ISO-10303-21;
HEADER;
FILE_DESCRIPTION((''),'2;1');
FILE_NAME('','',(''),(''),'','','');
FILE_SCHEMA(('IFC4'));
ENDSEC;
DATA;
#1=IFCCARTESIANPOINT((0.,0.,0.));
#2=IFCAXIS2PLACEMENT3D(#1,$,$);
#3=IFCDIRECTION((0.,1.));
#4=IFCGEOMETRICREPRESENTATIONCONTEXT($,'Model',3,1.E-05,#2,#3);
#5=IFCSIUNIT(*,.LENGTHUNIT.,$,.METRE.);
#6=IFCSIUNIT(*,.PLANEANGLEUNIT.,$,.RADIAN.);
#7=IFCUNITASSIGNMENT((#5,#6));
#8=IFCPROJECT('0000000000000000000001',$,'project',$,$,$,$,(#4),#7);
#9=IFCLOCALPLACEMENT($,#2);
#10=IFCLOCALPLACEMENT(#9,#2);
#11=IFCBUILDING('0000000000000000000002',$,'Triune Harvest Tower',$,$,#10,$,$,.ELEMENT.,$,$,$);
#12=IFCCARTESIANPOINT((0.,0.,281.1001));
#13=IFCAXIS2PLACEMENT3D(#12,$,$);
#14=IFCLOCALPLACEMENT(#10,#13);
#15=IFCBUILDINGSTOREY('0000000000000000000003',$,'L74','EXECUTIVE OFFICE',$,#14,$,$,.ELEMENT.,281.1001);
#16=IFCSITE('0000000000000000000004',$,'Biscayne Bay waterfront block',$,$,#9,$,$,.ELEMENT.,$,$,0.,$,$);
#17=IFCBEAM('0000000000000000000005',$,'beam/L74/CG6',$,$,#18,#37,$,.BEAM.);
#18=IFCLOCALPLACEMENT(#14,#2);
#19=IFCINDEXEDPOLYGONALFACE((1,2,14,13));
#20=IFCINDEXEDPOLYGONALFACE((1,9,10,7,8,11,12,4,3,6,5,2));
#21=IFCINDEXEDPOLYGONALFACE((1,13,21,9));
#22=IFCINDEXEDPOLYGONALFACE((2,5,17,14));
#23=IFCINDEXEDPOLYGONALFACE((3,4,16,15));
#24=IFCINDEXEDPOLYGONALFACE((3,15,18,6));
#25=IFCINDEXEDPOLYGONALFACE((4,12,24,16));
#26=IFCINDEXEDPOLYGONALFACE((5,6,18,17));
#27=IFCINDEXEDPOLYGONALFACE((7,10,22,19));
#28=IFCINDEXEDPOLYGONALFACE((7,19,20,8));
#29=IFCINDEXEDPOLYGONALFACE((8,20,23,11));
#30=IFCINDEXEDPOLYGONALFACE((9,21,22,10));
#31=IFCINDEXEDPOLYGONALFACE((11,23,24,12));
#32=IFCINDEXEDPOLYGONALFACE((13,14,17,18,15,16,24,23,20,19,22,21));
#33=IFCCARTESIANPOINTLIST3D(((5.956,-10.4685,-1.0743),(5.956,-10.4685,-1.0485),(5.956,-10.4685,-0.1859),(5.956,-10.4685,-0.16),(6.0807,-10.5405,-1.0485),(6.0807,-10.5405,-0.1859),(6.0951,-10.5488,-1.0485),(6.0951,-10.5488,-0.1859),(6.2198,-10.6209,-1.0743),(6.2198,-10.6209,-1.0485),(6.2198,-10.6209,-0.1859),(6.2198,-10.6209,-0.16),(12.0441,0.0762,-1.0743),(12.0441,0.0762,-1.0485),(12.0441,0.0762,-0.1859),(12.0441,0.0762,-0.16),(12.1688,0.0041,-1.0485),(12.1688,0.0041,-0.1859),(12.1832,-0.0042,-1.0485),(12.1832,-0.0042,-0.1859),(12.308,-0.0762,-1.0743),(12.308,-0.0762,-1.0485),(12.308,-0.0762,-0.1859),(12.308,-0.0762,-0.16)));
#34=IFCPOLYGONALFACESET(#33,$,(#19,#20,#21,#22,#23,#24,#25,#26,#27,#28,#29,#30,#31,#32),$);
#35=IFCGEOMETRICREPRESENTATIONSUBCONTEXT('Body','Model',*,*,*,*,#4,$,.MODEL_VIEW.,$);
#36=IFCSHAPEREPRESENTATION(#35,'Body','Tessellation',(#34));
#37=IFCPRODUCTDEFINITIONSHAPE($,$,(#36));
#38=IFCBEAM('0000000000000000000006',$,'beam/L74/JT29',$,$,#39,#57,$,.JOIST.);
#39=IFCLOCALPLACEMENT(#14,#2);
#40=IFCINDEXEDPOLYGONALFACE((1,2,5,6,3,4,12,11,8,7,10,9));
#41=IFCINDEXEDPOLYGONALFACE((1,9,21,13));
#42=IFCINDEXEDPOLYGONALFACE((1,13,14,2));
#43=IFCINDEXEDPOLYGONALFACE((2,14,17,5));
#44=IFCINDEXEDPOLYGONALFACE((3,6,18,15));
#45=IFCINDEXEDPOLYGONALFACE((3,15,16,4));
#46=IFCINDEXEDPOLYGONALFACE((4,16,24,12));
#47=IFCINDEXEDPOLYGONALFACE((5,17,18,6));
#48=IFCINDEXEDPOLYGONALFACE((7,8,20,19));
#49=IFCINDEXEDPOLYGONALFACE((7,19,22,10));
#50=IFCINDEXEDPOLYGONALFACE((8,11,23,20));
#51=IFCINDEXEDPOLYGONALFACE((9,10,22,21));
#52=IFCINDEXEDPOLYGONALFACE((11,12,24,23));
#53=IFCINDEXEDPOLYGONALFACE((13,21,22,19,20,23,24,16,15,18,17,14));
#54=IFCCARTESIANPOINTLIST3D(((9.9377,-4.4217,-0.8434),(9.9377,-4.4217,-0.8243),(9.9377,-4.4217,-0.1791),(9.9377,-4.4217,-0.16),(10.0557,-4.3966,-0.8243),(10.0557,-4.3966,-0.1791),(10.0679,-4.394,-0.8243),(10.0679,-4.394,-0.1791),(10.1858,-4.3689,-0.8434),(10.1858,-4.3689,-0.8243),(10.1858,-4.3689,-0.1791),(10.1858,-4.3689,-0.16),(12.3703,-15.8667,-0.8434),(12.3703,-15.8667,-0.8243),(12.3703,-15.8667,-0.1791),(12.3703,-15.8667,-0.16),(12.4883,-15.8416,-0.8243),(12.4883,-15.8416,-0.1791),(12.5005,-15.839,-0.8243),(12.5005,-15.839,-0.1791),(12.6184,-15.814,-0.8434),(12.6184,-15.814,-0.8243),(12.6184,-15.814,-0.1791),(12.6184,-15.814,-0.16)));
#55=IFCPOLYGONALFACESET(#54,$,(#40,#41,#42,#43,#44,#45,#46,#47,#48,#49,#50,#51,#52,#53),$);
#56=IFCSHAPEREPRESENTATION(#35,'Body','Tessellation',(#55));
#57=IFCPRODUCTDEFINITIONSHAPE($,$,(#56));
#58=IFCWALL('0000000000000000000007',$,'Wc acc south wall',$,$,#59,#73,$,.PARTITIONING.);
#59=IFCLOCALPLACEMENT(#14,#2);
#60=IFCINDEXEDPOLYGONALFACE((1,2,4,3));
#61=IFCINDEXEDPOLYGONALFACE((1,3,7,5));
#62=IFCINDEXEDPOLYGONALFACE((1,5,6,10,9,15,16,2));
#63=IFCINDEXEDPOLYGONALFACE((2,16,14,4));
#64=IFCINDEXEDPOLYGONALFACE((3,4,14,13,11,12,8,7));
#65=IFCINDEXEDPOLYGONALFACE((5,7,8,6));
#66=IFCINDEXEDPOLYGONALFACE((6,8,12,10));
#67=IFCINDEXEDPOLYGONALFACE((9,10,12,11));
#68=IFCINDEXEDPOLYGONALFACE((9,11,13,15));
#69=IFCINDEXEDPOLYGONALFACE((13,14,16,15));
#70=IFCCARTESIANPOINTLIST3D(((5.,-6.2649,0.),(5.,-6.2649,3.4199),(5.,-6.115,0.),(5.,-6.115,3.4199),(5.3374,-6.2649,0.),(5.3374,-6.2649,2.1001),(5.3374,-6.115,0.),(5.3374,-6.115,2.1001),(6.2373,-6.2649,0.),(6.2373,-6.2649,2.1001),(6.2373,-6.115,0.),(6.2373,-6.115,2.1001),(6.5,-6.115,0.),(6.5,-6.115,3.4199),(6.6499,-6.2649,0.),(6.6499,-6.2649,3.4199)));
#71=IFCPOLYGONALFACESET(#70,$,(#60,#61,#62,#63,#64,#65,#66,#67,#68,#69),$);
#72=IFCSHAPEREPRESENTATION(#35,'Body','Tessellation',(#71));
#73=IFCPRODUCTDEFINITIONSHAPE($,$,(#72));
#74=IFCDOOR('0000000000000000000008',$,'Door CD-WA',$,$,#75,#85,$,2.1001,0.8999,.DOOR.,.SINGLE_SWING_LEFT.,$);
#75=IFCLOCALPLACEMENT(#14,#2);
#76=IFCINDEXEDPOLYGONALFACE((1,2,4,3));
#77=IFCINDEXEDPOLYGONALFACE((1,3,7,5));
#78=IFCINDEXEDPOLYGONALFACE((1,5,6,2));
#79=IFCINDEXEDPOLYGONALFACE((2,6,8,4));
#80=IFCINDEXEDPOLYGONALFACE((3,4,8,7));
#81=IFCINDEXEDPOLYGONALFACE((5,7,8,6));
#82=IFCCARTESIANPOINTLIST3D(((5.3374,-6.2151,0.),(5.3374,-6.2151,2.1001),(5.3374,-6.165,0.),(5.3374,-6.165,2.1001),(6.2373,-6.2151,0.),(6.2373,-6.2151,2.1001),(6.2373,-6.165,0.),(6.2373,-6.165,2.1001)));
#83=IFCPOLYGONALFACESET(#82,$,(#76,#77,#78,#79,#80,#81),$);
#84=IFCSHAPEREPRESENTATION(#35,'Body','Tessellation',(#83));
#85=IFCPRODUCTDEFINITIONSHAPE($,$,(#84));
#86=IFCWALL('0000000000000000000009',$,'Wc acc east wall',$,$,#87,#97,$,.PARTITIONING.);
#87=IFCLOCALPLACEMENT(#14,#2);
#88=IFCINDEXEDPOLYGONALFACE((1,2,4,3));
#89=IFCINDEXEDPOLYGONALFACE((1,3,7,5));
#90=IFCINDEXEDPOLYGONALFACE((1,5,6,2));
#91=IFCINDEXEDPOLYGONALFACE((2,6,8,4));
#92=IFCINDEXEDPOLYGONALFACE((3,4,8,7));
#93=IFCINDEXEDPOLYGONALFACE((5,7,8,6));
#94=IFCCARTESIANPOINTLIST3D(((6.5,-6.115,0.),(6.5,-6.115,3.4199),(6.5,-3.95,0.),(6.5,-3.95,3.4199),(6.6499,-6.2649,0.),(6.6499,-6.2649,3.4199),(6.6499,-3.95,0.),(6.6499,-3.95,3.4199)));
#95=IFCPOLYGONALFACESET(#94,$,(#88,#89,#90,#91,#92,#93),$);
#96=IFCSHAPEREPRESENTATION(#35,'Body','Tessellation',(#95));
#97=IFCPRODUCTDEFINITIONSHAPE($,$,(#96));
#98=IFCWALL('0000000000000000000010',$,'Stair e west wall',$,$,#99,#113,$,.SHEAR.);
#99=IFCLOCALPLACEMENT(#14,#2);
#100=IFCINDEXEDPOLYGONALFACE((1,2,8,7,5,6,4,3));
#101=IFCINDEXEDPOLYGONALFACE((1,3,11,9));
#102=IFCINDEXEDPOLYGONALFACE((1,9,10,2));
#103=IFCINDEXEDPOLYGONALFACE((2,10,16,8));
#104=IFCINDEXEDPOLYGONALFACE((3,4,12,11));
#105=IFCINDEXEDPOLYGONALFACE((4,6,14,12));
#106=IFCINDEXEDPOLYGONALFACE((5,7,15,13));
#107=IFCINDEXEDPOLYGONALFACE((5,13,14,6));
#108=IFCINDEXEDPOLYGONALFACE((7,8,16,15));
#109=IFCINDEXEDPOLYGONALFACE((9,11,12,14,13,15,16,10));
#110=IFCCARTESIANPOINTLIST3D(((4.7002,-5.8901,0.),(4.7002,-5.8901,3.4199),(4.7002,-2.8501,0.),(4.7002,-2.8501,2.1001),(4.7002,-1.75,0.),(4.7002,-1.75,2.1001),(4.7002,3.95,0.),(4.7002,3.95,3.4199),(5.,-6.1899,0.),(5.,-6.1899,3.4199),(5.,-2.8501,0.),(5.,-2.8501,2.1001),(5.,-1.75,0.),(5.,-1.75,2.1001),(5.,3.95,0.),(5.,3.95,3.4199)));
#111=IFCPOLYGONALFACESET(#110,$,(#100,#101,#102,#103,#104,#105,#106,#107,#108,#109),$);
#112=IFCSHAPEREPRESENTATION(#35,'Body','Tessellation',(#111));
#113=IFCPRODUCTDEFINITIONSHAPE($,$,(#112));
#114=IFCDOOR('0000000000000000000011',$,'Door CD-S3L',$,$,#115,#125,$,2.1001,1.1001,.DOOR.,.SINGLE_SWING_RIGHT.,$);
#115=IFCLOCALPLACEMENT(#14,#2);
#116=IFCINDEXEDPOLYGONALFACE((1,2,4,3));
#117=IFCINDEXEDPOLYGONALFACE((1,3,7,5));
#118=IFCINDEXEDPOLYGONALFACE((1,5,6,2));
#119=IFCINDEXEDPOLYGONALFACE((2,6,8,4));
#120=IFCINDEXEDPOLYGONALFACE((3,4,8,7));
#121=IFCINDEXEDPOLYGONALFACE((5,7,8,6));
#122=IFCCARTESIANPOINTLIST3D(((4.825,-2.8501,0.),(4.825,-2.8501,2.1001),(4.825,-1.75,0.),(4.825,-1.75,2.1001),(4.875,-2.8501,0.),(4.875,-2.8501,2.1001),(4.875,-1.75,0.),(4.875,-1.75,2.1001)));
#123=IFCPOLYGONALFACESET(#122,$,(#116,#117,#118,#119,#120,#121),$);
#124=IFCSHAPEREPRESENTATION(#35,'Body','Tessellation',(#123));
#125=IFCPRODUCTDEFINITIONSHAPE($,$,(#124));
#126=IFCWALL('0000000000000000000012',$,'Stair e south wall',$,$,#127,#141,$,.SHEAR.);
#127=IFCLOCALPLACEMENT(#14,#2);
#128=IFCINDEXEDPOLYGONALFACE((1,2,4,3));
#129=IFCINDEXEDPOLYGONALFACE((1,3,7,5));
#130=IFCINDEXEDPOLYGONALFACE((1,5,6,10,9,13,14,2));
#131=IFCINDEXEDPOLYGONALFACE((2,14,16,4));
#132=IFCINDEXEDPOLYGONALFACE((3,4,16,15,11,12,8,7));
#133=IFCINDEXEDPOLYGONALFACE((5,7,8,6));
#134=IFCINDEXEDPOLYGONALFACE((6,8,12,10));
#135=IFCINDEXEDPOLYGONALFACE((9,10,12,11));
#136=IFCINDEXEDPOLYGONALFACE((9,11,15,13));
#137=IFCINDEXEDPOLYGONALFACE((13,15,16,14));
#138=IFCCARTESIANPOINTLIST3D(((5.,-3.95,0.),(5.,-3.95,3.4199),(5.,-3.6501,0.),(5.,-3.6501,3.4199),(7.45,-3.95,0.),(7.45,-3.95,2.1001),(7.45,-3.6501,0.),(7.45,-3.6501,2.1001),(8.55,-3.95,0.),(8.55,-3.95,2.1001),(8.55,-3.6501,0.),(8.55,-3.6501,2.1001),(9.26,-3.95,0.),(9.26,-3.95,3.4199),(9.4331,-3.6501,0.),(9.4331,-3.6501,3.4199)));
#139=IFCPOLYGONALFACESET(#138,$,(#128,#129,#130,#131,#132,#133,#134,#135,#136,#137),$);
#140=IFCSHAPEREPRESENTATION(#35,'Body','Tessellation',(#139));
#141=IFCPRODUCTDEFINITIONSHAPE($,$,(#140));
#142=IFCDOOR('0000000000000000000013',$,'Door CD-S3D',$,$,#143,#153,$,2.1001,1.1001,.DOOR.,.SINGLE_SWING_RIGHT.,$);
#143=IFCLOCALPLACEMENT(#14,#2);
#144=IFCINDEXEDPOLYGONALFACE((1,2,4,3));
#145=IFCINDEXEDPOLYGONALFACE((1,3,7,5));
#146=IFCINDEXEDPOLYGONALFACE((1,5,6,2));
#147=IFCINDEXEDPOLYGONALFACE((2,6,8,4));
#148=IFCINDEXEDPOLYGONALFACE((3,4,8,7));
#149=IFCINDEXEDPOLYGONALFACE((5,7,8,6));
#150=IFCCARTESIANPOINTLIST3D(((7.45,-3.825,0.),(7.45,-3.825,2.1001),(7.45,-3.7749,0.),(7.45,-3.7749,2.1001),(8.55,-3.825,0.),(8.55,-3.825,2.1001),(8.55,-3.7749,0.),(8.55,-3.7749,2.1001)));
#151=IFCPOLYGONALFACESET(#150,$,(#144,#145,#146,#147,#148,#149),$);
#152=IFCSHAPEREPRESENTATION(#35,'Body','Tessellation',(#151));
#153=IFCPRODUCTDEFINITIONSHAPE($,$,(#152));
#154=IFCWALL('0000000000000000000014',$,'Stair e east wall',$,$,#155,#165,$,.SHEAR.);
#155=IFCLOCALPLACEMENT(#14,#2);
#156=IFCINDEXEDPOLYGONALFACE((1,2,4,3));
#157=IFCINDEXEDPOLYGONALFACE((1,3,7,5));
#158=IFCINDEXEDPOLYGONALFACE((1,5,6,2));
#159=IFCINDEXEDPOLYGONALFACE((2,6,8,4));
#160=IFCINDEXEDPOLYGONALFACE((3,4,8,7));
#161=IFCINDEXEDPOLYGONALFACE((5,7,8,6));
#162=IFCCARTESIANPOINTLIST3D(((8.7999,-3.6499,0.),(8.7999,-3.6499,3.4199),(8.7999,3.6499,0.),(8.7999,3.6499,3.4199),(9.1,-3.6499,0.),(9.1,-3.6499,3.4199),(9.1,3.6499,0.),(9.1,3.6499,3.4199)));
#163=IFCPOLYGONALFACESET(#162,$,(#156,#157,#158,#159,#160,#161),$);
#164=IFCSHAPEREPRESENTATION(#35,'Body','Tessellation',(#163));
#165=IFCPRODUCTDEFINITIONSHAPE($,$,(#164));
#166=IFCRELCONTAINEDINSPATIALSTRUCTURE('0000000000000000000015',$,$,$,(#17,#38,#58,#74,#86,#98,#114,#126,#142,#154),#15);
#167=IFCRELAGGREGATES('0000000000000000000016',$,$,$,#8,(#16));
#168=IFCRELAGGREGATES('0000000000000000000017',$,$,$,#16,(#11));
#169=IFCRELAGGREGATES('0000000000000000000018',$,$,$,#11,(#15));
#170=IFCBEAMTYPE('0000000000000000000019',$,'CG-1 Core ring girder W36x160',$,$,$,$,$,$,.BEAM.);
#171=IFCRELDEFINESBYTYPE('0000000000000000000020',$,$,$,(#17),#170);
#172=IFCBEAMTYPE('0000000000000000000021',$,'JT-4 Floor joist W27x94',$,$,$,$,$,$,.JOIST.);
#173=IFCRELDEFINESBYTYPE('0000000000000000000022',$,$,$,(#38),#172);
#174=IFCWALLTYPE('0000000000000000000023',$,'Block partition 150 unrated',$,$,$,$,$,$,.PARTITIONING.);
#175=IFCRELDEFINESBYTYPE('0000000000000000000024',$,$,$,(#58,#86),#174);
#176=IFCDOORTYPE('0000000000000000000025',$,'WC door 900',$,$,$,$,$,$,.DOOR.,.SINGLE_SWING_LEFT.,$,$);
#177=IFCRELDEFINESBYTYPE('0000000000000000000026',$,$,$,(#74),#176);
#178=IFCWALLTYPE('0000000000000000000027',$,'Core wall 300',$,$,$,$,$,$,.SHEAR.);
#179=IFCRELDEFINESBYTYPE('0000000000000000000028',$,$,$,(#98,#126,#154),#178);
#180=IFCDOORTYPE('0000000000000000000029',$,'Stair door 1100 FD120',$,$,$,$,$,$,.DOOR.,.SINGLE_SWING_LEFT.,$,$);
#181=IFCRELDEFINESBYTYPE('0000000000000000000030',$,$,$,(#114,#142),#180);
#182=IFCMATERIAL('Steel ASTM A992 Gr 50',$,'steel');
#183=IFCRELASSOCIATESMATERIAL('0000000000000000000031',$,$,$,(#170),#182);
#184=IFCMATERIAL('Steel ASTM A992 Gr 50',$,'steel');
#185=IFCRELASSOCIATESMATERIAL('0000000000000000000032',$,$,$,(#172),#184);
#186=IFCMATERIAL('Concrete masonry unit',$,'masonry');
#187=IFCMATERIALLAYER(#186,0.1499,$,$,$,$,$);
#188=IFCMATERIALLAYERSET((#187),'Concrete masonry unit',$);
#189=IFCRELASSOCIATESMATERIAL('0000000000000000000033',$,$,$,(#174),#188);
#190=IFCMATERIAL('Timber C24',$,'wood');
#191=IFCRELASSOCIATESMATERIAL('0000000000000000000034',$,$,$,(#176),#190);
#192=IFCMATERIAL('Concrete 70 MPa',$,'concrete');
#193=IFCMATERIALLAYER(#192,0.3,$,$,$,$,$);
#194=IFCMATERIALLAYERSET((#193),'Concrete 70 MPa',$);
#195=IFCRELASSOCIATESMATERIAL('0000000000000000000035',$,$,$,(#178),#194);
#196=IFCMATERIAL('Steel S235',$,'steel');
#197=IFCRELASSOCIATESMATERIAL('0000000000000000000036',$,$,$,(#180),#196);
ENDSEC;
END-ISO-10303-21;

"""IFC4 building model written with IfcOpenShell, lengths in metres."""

from ifc_helpers import new_model, si_unit, direction, frame, frame_2d, origin, origin_2d, place, context, subcontext, project, spatial, polyline, rectangle, i_section, outline, extrude, source, transform, mapped, material, layer, layer_set, material_profile, profile_set, type_object, element, fill, save


model = new_model("IFC4")

# Units and contexts
model_context = context("Model", 3, precision=1e-05, world=origin(), true_north=direction((0.0, 1.0)))
body_context = subcontext(model_context, "Body", "Model", "MODEL_VIEW")
ifc_project = project(units=[si_unit("LENGTHUNIT", "METRE"), si_unit("PLANEANGLEUNIT", "RADIAN")], contexts=[model_context])

# Site, building, storey
site_placement = place(None, origin())
site = spatial("IfcSite", under=ifc_project, at=site_placement, Name="Biscayne Bay waterfront block", CompositionType="ELEMENT", RefElevation=0.0)
building_placement = place(site_placement, origin())
building = spatial("IfcBuilding", under=site, at=building_placement, Name="Triune Harvest Tower", CompositionType="ELEMENT")
storey_placement = place(building_placement, frame((0.0, 0.0, 281.1001)))
storey = spatial("IfcBuildingStorey", under=building, at=storey_placement, Name="L74", Description="EXECUTIVE OFFICE", CompositionType="ELEMENT", Elevation=281.1001)

# Beams
ifc_material_1 = material(Name="Steel ASTM A992 Gr 50", Category="steel")
ifc_material_profile_1 = material_profile(ifc_material_1, i_section(OverallWidth=0.3047, OverallDepth=0.9143, WebThickness=0.0166, FlangeThickness=0.0259, at=origin_2d()), Name="W36x160")
ifc_profile_set_1 = profile_set([ifc_material_profile_1], Name="Steel ASTM A992 Gr 50")
beam_type_1 = type_object("IfcBeamType", Name="CG-1 Core ring girder W36x160", PredefinedType="BEAM", material=ifc_profile_set_1)
shared_shape_1 = source(origin(), body_context, "Body", "SweptSolid", [
    extrude(i_section(OverallWidth=0.3047, OverallDepth=0.9143, WebThickness=0.0166, FlangeThickness=0.0259, at=origin_2d()), origin(), (0.0, 0.0, 1.0), 12.176),
])
beam_1_placement = place(storey_placement, frame((6.0879, -10.5447, -0.6172), z_axis=(0.50001, 0.86602, 0.0), x_axis=(-0.86602, 0.50001, 0.0)))
element("IfcBeam", 1, at=beam_1_placement, inside=storey, type_object=beam_type_1, Name="beam/L74/CG6", PredefinedType="BEAM", context=body_context, shape_type="MappedRepresentation", body=[
    mapped(shared_shape_1, transform((0.0, 0.0, 0.0), scale=1.0)),
])
ifc_material_2 = material(Name="Steel ASTM A992 Gr 50", Category="steel")
ifc_material_profile_2 = material_profile(ifc_material_2, i_section(OverallWidth=0.2537, OverallDepth=0.6833, WebThickness=0.0125, FlangeThickness=0.019, at=origin_2d()), Name="W27x94")
ifc_profile_set_2 = profile_set([ifc_material_profile_2], Name="Steel ASTM A992 Gr 50")
beam_type_2 = type_object("IfcBeamType", Name="JT-4 Floor joist W27x94", PredefinedType="JOIST", material=ifc_profile_set_2)
shared_shape_2 = source(origin(), body_context, "Body", "SweptSolid", [
    extrude(i_section(OverallWidth=0.2537, OverallDepth=0.6833, WebThickness=0.0125, FlangeThickness=0.019, at=origin_2d()), origin(), (0.0, 0.0, 1.0), 11.7007),
])
beam_2_placement = place(storey_placement, frame((12.4944, -15.8403, -0.5017), z_axis=(-0.207903, 0.978149, 0.0), x_axis=(-0.978149, -0.207903, 0.0)))
element("IfcBeam", 2, at=beam_2_placement, inside=storey, type_object=beam_type_2, Name="beam/L74/JT29", PredefinedType="JOIST", context=body_context, shape_type="MappedRepresentation", body=[
    mapped(shared_shape_2, transform((0.0, 0.0, 0.0), scale=1.0)),
])

# Wall, opening, door
ifc_material_3 = material(Name="Concrete masonry unit", Category="masonry")
ifc_layer_1 = layer(ifc_material_3, 0.1499)
ifc_layer_set_1 = layer_set([ifc_layer_1], Name="Concrete masonry unit")
wall_type_1 = type_object("IfcWallType", Name="Block partition 150 unrated", PredefinedType="PARTITIONING", material=ifc_layer_set_1)
wall_1_placement = place(storey_placement, frame((5.0, -6.1899, 0.0), z_axis=(0.0, 0.0, 1.0), x_axis=(1.0, 0.0, 0.0)))
wall_1 = element("IfcWall", 3, at=wall_1_placement, inside=storey, type_object=wall_type_1, Name="Wc acc south wall", PredefinedType="PARTITIONING", context=body_context, shape_type="SweptSolid", body=[
    extrude(outline(polyline([(0.0, -0.075), (1.6499, -0.075), (1.5, 0.075), (0.0, 0.075), (0.0, -0.075)])), origin(), (0.0, 0.0, 1.0), 3.4199),
])
opening_1_placement = place(wall_1_placement, frame((0.3374, 0.0, 0.0)))
opening_1 = element("IfcOpeningElement", 4, at=opening_1_placement, cuts=wall_1, PredefinedType="OPENING", context=body_context, shape_type="SweptSolid", body=[
    extrude(rectangle(XDim=0.8999, YDim=2.1001, at=frame_2d((0.45, 1.05))), frame((0.0, 0.085, 0.0), z_axis=(0.0, -1.0, 0.0), x_axis=(1.0, 0.0, 0.0)), (0.0, 0.0, 1.0), 0.1699),
])
ifc_material_4 = material(Name="Timber C24", Category="wood")
door_type_1 = type_object("IfcDoorType", Name="WC door 900", OperationType="SINGLE_SWING_LEFT", PredefinedType="DOOR", material=ifc_material_4)
door_1_placement = place(opening_1_placement, origin())
door_1 = element("IfcDoor", 5, at=door_1_placement, inside=storey, type_object=door_type_1, Name="Door CD-WA", OperationType="SINGLE_SWING_LEFT", OverallHeight=2.1001, OverallWidth=0.8999, PredefinedType="DOOR", context=body_context, shape_type="SweptSolid", body=[
    extrude(rectangle(XDim=0.8999, YDim=2.1001, at=frame_2d((0.45, 1.05))), frame((0.0, 0.0249, 0.0), z_axis=(0.0, -1.0, 0.0), x_axis=(1.0, 0.0, 0.0)), (0.0, 0.0, 1.0), 0.05),
])
fill(opening_1, door_1)

# Wall
wall_2_placement = place(storey_placement, frame((6.575, -6.1899, 0.0), z_axis=(0.0, 0.0, 1.0), x_axis=(0.0, 1.0, 0.0)))
element("IfcWall", 6, at=wall_2_placement, inside=storey, type_object=wall_type_1, Name="Wc acc east wall", PredefinedType="PARTITIONING", context=body_context, shape_type="SweptSolid", body=[
    extrude(outline(polyline([(-0.075, -0.075), (2.24, -0.075), (2.24, 0.075), (0.075, 0.075), (-0.075, -0.075)])), origin(), (0.0, 0.0, 1.0), 3.4199),
])

# Walls, openings, doors
ifc_material_5 = material(Name="Concrete 70 MPa", Category="concrete")
ifc_layer_2 = layer(ifc_material_5, 0.3)
ifc_layer_set_2 = layer_set([ifc_layer_2], Name="Concrete 70 MPa")
wall_type_2 = type_object("IfcWallType", Name="Core wall 300", PredefinedType="SHEAR", material=ifc_layer_set_2)
wall_3_placement = place(storey_placement, frame((4.8501, -6.04, 0.0), z_axis=(0.0, 0.0, 1.0), x_axis=(0.0, 1.0, 0.0)))
wall_3 = element("IfcWall", 7, at=wall_3_placement, inside=storey, type_object=wall_type_2, Name="Stair e west wall", PredefinedType="SHEAR", context=body_context, shape_type="SweptSolid", body=[
    extrude(outline(polyline([(-0.1499, -0.1499), (9.99, -0.1499), (9.99, 0.1499), (0.1499, 0.1499), (-0.1499, -0.1499)])), origin(), (0.0, 0.0, 1.0), 3.4199),
])
opening_2_placement = place(wall_3_placement, frame((3.1899, 0.0, 0.0)))
opening_2 = element("IfcOpeningElement", 8, at=opening_2_placement, cuts=wall_3, PredefinedType="OPENING", context=body_context, shape_type="SweptSolid", body=[
    extrude(rectangle(XDim=1.1001, YDim=2.1001, at=frame_2d((0.55, 1.05))), frame((0.0, 0.1602, 0.0), z_axis=(0.0, -1.0, 0.0), x_axis=(1.0, 0.0, 0.0)), (0.0, 0.0, 1.0), 0.3201),
])
ifc_material_6 = material(Name="Steel S235", Category="steel")
door_type_2 = type_object("IfcDoorType", Name="Stair door 1100 FD120", OperationType="SINGLE_SWING_LEFT", PredefinedType="DOOR", material=ifc_material_6)
door_2_placement = place(opening_2_placement, frame((1.1001, 0.0, 0.0), z_axis=(0.0, 0.0, 1.0), x_axis=(-1.0, 0.0, 0.0)))
door_2 = element("IfcDoor", 9, at=door_2_placement, inside=storey, type_object=door_type_2, Name="Door CD-S3L", OperationType="SINGLE_SWING_RIGHT", OverallHeight=2.1001, OverallWidth=1.1001, PredefinedType="DOOR", context=body_context, shape_type="SweptSolid", body=[
    extrude(rectangle(XDim=1.1001, YDim=2.1001, at=frame_2d((0.55, 1.05))), frame((0.0, 0.0249, 0.0), z_axis=(0.0, -1.0, 0.0), x_axis=(1.0, 0.0, 0.0)), (0.0, 0.0, 1.0), 0.05),
])
fill(opening_2, door_2)
wall_4_placement = place(storey_placement, frame((5.0, -3.8, 0.0), z_axis=(0.0, 0.0, 1.0), x_axis=(1.0, 0.0, 0.0)))
wall_4 = element("IfcWall", 10, at=wall_4_placement, inside=storey, type_object=wall_type_2, Name="Stair e south wall", PredefinedType="SHEAR", context=body_context, shape_type="SweptSolid", body=[
    extrude(outline(polyline([(0.0, -0.1499), (0.0, 0.1499), (4.4331, 0.1499), (4.26, -0.1499), (0.0, -0.1499)])), origin(), (0.0, 0.0, 1.0), 3.4199),
])
opening_3_placement = place(wall_4_placement, frame((2.45, 0.0, 0.0)))
opening_3 = element("IfcOpeningElement", 11, at=opening_3_placement, cuts=wall_4, PredefinedType="OPENING", context=body_context, shape_type="SweptSolid", body=[
    extrude(rectangle(XDim=1.1001, YDim=2.1001, at=frame_2d((0.55, 1.05))), frame((0.0, 0.1602, 0.0), z_axis=(0.0, -1.0, 0.0), x_axis=(1.0, 0.0, 0.0)), (0.0, 0.0, 1.0), 0.3201),
])
door_3_placement = place(opening_3_placement, frame((1.1001, 0.0, 0.0), z_axis=(0.0, 0.0, 1.0), x_axis=(-1.0, 0.0, 0.0)))
door_3 = element("IfcDoor", 12, at=door_3_placement, inside=storey, type_object=door_type_2, Name="Door CD-S3D", OperationType="SINGLE_SWING_RIGHT", OverallHeight=2.1001, OverallWidth=1.1001, PredefinedType="DOOR", context=body_context, shape_type="SweptSolid", body=[
    extrude(rectangle(XDim=1.1001, YDim=2.1001, at=frame_2d((0.55, 1.05))), frame((0.0, 0.0249, 0.0), z_axis=(0.0, -1.0, 0.0), x_axis=(1.0, 0.0, 0.0)), (0.0, 0.0, 1.0), 0.05),
])
fill(opening_3, door_3)

# Wall
wall_5_placement = place(storey_placement, frame((8.95, -3.6499, 0.0), z_axis=(0.0, 0.0, 1.0), x_axis=(0.0, 1.0, 0.0)))
element("IfcWall", 13, at=wall_5_placement, inside=storey, type_object=wall_type_2, Name="Stair e east wall", PredefinedType="SHEAR", context=body_context, shape_type="SweptSolid", body=[
    extrude(rectangle(XDim=7.2998, YDim=0.3, at=frame_2d((3.6499, 0.0))), origin(), (0.0, 0.0, 1.0), 3.4199),
])

save(model, "model.ifc")
